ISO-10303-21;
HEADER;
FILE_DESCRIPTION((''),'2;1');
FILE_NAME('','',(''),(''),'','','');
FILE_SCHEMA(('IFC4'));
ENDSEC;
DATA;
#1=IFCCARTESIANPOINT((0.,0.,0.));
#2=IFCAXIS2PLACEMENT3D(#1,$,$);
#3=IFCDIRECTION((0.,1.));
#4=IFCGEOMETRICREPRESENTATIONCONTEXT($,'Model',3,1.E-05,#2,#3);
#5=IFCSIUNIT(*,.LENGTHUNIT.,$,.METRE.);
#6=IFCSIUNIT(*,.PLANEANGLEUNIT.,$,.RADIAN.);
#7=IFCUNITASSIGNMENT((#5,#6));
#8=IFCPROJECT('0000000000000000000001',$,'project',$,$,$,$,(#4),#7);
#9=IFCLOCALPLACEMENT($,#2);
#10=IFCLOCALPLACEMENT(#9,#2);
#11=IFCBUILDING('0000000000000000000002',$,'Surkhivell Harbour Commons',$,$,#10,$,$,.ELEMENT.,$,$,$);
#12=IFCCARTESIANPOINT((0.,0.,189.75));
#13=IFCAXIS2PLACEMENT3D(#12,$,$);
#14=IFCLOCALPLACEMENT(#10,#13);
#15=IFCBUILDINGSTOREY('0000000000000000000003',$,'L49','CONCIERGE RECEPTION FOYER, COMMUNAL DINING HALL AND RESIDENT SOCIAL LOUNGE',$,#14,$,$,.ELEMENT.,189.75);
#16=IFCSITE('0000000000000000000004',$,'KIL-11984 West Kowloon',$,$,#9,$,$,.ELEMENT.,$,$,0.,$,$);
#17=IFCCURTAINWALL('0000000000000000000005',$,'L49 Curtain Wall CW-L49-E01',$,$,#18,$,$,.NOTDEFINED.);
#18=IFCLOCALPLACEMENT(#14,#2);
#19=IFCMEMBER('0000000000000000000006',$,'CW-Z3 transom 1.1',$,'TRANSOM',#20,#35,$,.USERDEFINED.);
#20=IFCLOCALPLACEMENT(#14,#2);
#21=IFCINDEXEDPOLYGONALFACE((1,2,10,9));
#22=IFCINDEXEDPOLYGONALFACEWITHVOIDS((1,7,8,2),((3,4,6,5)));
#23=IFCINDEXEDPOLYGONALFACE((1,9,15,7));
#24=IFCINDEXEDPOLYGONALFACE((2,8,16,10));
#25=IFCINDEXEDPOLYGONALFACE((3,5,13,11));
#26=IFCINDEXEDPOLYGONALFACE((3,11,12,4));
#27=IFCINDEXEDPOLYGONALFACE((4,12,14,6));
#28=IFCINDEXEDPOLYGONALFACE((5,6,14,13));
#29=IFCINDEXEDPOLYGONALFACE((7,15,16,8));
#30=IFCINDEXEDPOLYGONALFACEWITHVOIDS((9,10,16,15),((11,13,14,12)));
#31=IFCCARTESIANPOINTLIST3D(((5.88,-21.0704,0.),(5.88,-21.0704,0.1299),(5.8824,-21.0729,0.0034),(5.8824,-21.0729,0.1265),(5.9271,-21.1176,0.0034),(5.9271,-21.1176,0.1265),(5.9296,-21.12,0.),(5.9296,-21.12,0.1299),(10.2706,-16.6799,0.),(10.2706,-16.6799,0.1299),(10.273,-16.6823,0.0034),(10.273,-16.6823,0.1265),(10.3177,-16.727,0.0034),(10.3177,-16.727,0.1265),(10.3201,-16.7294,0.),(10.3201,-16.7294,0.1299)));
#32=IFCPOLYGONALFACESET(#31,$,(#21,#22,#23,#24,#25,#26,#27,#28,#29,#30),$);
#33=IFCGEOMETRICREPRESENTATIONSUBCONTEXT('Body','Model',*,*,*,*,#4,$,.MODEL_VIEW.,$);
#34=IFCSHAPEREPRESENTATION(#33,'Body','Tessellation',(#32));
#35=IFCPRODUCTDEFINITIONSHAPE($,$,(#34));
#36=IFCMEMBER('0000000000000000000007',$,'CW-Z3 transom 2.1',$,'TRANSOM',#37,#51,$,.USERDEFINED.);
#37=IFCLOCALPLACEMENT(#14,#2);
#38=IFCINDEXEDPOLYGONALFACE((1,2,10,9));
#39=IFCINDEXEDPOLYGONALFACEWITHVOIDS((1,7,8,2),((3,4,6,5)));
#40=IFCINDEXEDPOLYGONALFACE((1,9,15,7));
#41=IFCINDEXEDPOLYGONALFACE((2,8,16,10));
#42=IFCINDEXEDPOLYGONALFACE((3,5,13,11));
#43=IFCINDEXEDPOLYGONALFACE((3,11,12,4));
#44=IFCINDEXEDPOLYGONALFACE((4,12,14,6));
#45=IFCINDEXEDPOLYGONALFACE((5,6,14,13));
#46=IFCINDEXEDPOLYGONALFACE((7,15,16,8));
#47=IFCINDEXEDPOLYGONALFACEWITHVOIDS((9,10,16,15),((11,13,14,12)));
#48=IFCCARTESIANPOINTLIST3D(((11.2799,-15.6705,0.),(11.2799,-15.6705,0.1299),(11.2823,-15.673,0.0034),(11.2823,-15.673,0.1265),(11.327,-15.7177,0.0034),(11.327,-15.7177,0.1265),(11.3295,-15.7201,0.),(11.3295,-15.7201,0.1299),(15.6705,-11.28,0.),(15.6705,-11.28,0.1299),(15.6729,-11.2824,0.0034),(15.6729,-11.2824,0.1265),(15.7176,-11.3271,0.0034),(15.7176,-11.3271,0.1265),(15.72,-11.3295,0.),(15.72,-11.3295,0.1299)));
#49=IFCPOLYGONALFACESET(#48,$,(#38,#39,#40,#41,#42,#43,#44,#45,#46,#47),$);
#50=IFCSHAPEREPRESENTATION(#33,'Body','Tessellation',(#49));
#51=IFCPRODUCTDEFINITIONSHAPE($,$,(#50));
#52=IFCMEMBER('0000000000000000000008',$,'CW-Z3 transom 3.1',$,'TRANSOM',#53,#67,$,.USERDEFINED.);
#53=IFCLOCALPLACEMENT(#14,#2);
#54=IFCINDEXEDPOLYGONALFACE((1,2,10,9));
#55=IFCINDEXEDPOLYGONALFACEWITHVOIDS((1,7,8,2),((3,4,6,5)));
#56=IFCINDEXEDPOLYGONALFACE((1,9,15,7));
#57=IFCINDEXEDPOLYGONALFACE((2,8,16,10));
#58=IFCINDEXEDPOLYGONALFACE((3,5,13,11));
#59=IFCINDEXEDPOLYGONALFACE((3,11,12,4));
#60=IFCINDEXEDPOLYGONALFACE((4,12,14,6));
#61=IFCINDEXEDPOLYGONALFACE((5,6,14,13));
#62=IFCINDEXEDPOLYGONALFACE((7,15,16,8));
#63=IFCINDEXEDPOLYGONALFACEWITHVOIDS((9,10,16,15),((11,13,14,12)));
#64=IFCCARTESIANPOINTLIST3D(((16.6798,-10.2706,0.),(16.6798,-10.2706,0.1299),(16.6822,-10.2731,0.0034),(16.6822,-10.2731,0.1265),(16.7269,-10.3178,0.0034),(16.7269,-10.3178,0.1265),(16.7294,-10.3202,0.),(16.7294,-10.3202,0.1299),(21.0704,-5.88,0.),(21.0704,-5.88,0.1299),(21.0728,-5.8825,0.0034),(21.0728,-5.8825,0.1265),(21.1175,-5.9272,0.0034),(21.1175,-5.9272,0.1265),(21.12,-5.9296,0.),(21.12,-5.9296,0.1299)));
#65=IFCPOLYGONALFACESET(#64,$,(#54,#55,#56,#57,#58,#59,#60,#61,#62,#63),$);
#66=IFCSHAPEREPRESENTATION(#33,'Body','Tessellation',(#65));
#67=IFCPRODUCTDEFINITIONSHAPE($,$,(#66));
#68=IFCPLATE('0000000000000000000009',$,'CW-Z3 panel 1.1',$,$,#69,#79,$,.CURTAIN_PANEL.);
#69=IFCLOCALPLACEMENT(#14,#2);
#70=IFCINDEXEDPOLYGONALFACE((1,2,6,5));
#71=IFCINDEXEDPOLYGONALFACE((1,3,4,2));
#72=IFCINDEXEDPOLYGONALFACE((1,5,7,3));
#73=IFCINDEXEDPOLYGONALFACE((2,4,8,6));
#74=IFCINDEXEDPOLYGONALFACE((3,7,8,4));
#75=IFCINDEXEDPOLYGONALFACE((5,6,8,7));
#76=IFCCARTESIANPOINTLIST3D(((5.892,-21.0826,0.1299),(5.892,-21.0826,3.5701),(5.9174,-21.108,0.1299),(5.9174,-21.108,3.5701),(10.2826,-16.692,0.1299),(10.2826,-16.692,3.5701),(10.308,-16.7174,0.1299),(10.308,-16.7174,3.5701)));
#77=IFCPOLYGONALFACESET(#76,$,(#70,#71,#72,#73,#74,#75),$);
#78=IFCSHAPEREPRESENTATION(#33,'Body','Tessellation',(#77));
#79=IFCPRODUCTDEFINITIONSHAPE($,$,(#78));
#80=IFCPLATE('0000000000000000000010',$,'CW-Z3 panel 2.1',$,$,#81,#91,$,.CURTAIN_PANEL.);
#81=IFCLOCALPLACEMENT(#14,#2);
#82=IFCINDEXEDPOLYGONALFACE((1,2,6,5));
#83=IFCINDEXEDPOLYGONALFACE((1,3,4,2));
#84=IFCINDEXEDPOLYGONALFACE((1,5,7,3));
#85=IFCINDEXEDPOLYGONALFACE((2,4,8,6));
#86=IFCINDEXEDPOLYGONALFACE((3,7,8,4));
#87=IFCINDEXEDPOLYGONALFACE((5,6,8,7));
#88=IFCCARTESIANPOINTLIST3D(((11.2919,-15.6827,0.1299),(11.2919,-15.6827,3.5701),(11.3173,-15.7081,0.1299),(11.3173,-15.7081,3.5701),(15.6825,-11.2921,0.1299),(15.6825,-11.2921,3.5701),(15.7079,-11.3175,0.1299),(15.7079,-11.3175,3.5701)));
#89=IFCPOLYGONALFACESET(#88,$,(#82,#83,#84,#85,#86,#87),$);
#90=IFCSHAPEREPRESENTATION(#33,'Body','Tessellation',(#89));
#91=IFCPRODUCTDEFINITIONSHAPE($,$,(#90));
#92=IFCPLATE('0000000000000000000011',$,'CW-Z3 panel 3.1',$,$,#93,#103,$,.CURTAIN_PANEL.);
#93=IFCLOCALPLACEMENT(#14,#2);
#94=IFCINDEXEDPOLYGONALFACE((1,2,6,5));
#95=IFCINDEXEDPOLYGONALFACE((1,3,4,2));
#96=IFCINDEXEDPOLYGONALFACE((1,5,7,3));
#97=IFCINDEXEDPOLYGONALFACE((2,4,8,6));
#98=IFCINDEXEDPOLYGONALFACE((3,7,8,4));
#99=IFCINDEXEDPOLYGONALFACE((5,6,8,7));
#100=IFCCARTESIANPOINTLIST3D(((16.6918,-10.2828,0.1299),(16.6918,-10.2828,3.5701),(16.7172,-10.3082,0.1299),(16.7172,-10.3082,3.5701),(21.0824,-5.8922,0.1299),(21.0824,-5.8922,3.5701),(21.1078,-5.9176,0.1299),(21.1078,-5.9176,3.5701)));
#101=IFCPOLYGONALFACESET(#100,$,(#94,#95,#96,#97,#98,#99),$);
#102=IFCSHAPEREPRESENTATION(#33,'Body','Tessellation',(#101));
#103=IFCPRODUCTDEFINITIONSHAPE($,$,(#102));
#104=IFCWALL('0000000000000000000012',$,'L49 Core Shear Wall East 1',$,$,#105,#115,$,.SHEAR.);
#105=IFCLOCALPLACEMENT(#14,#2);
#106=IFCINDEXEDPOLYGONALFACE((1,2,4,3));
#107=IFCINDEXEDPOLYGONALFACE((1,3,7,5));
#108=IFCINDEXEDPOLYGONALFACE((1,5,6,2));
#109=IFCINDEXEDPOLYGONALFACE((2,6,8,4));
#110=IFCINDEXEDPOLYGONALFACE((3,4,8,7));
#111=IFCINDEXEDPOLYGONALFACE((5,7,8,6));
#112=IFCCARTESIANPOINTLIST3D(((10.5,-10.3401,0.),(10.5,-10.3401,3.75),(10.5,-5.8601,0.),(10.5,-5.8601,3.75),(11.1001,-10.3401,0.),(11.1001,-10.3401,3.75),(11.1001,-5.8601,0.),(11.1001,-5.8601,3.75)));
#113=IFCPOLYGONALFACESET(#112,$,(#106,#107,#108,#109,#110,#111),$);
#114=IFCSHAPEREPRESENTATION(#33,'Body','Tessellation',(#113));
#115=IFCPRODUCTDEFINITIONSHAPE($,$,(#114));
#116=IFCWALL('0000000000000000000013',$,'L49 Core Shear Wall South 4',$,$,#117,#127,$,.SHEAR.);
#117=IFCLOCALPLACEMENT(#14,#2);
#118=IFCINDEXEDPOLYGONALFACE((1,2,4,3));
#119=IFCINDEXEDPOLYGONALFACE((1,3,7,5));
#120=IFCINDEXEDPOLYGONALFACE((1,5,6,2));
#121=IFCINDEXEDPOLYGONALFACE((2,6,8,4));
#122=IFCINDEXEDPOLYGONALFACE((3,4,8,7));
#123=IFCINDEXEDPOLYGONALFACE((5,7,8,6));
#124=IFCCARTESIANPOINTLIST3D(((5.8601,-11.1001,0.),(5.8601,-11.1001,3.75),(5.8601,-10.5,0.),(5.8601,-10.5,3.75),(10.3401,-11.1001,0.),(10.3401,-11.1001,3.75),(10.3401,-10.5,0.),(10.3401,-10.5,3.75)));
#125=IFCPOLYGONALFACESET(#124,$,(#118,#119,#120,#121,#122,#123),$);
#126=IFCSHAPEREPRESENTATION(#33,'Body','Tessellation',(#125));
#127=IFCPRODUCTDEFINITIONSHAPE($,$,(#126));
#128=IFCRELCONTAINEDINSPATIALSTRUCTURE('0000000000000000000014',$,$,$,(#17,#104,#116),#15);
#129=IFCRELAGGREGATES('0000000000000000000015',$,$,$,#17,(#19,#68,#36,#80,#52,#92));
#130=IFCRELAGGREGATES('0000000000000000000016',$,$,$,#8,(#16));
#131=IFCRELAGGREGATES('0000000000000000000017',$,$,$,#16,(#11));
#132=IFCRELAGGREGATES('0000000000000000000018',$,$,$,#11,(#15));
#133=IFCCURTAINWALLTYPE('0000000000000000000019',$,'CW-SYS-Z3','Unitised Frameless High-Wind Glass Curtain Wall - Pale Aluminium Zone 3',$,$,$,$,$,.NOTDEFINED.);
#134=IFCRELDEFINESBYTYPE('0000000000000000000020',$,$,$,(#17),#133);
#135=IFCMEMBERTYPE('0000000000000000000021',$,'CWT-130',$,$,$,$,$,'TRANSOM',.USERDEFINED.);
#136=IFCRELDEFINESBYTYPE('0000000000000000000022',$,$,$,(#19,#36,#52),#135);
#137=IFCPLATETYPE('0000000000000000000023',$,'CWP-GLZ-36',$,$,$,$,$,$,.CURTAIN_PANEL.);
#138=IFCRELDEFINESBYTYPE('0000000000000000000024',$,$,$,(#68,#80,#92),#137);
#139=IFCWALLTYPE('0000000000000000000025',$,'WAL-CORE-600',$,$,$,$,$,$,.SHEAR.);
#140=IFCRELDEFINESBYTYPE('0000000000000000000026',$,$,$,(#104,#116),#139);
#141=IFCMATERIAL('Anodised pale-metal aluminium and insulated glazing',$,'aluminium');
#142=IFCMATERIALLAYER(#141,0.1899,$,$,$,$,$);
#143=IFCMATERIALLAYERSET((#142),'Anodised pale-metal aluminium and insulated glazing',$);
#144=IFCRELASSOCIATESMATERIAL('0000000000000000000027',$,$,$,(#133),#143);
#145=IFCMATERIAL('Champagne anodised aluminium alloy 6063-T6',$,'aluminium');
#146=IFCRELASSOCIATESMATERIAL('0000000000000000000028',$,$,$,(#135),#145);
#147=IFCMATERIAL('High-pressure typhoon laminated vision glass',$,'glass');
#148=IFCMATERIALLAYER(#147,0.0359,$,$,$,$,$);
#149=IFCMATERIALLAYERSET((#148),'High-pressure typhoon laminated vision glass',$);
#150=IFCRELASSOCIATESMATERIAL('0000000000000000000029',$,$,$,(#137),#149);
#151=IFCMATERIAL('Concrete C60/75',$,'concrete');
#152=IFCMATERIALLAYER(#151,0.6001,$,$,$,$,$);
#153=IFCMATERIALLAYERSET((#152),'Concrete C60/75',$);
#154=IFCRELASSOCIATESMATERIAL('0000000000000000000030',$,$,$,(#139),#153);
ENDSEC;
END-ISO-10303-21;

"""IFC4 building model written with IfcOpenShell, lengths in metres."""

from ifc_helpers import new_model, si_unit, direction, frame, frame_2d, origin, origin_2d, place, context, subcontext, project, spatial, rectangle, hollow_rectangle, extrude, material, layer, layer_set, material_profile, profile_set, type_object, element, aggregate, save


model = new_model("IFC4")

# Units and contexts
model_context = context("Model", 3, precision=1e-05, world=origin(), true_north=direction((0.0, 1.0)))
body_context = subcontext(model_context, "Body", "Model", "MODEL_VIEW")
ifc_project = project(units=[si_unit("LENGTHUNIT", "METRE"), si_unit("PLANEANGLEUNIT", "RADIAN")], contexts=[model_context])

# Site, building, storey
site_placement = place(None, origin())
site = spatial("IfcSite", under=ifc_project, at=site_placement, Name="KIL-11984 West Kowloon", CompositionType="ELEMENT", RefElevation=0.0)
building_placement = place(site_placement, origin())
building = spatial("IfcBuilding", under=site, at=building_placement, Name="Surkhivell Harbour Commons", CompositionType="ELEMENT")
storey_placement = place(building_placement, frame((0.0, 0.0, 189.75)))
storey = spatial("IfcBuildingStorey", under=building, at=storey_placement, Name="L49", Description="CONCIERGE RECEPTION FOYER, COMMUNAL DINING HALL AND RESIDENT SOCIAL LOUNGE", CompositionType="ELEMENT", Elevation=189.75)

# Shared definitions
ifc_material_1 = material(Name="Concrete C60/75", Category="concrete")

# Curtain wall, members, plates
ifc_material_2 = material(Name="Anodised pale-metal aluminium and insulated glazing", Category="aluminium")
ifc_layer_1 = layer(ifc_material_2, 0.1899)
ifc_layer_set_1 = layer_set([ifc_layer_1], Name="Anodised pale-metal aluminium and insulated glazing")
curtain_wall_type = type_object("IfcCurtainWallType", Name="CW-SYS-Z3", Description="Unitised Frameless High-Wind Glass Curtain Wall - Pale Aluminium Zone 3", PredefinedType="NOTDEFINED", material=ifc_layer_set_1)
curtain_wall_placement = place(storey_placement, origin())
curtain_wall = element("IfcCurtainWall", 1, at=curtain_wall_placement, inside=storey, type_object=curtain_wall_type, Name="L49 Curtain Wall CW-L49-E01", PredefinedType="NOTDEFINED")
ifc_material_3 = material(Name="Champagne anodised aluminium alloy 6063-T6", Category="aluminium")
ifc_material_profile_1 = material_profile(ifc_material_3, hollow_rectangle(XDim=0.0701, YDim=0.1299, WallThickness=0.0034, at=origin_2d()), Name="ALU-TRAN-70x130")
ifc_profile_set_1 = profile_set([ifc_material_profile_1], Name="Champagne anodised aluminium alloy 6063-T6")
member_type_1 = type_object("IfcMemberType", Name="CWT-130", ElementType="TRANSOM", PredefinedType="USERDEFINED", material=ifc_profile_set_1)
member_1_placement = place(storey_placement, frame((5.9048, -21.0952, 0.0649), z_axis=(0.707107, 0.707107, 0.0), x_axis=(-0.707107, 0.707107, 0.0)))
member_1 = element("IfcMember", 2, at=member_1_placement, type_object=member_type_1, Name="CW-Z3 transom 1.1", ObjectType="TRANSOM", PredefinedType="USERDEFINED", context=body_context, shape_type="SweptSolid", body=[
    extrude(hollow_rectangle(XDim=0.0701, YDim=0.1299, WallThickness=0.0034, at=origin_2d()), origin(), (0.0, 0.0, 1.0), 6.2092),
])
member_2_placement = place(storey_placement, frame((11.3047, -15.6953, 0.0649), z_axis=(0.707107, 0.707107, 0.0), x_axis=(-0.707107, 0.707107, 0.0)))
member_2 = element("IfcMember", 3, at=member_2_placement, type_object=member_type_1, Name="CW-Z3 transom 2.1", ObjectType="TRANSOM", PredefinedType="USERDEFINED", context=body_context, shape_type="SweptSolid", body=[
    extrude(hollow_rectangle(XDim=0.0701, YDim=0.1299, WallThickness=0.0034, at=origin_2d()), origin(), (0.0, 0.0, 1.0), 6.2092),
])
member_3_placement = place(storey_placement, frame((16.7046, -10.2954, 0.0649), z_axis=(0.707107, 0.707107, 0.0), x_axis=(-0.707107, 0.707107, 0.0)))
member_3 = element("IfcMember", 4, at=member_3_placement, type_object=member_type_1, Name="CW-Z3 transom 3.1", ObjectType="TRANSOM", PredefinedType="USERDEFINED", context=body_context, shape_type="SweptSolid", body=[
    extrude(hollow_rectangle(XDim=0.0701, YDim=0.1299, WallThickness=0.0034, at=origin_2d()), origin(), (0.0, 0.0, 1.0), 6.2092),
])
ifc_material_4 = material(Name="High-pressure typhoon laminated vision glass", Category="glass")
ifc_layer_2 = layer(ifc_material_4, 0.0359)
ifc_layer_set_2 = layer_set([ifc_layer_2], Name="High-pressure typhoon laminated vision glass")
plate_type = type_object("IfcPlateType", Name="CWP-GLZ-36", PredefinedType="CURTAIN_PANEL", material=ifc_layer_set_2)
plate_1_placement = place(storey_placement, frame((5.9048, -21.0952, 0.1299), z_axis=(0.0, 0.0, 1.0), x_axis=(0.707107, 0.707107, 0.0)))
plate_1 = element("IfcPlate", 5, at=plate_1_placement, type_object=plate_type, Name="CW-Z3 panel 1.1", PredefinedType="CURTAIN_PANEL", context=body_context, shape_type="SweptSolid", body=[
    extrude(rectangle(XDim=6.2092, YDim=0.0359, at=frame_2d((3.1045, 0.0))), origin(), (0.0, 0.0, 1.0), 3.4402),
])
plate_2_placement = place(storey_placement, frame((11.3047, -15.6953, 0.1299), z_axis=(0.0, 0.0, 1.0), x_axis=(0.707107, 0.707107, 0.0)))
plate_2 = element("IfcPlate", 6, at=plate_2_placement, type_object=plate_type, Name="CW-Z3 panel 2.1", PredefinedType="CURTAIN_PANEL", context=body_context, shape_type="SweptSolid", body=[
    extrude(rectangle(XDim=6.2092, YDim=0.0359, at=frame_2d((3.1045, 0.0))), origin(), (0.0, 0.0, 1.0), 3.4402),
])
plate_3_placement = place(storey_placement, frame((16.7046, -10.2954, 0.1299), z_axis=(0.0, 0.0, 1.0), x_axis=(0.707107, 0.707107, 0.0)))
plate_3 = element("IfcPlate", 7, at=plate_3_placement, type_object=plate_type, Name="CW-Z3 panel 3.1", PredefinedType="CURTAIN_PANEL", context=body_context, shape_type="SweptSolid", body=[
    extrude(rectangle(XDim=6.2092, YDim=0.0359, at=frame_2d((3.1045, 0.0))), origin(), (0.0, 0.0, 1.0), 3.4402),
])
aggregate(curtain_wall, [member_1, plate_1, member_2, plate_2, member_3, plate_3])

# Walls
ifc_layer_3 = layer(ifc_material_1, 0.6001)
ifc_layer_set_3 = layer_set([ifc_layer_3], Name="Concrete C60/75")
wall_type_1 = type_object("IfcWallType", Name="WAL-CORE-600", PredefinedType="SHEAR", material=ifc_layer_set_3)
for number, where, z_axis, x_axis, name in (
    (8, (10.8, -10.3401, 0.0), (0.0, 0.0, 1.0), (0.0, 1.0, 0.0), "L49 Core Shear Wall East 1"),
    (9, (5.8601, -10.8, 0.0), (0.0, 0.0, 1.0), (1.0, 0.0, 0.0), "L49 Core Shear Wall South 4"),
):
    element("IfcWall", number, at=place(storey_placement, frame(where, z_axis=z_axis, x_axis=x_axis)), inside=storey, type_object=wall_type_1, Name=name, PredefinedType="SHEAR", context=body_context, shape_type="SweptSolid", body=[
        extrude(rectangle(XDim=4.48, YDim=0.6001, at=frame_2d((2.24, 0.0))), origin(), (0.0, 0.0, 1.0), 3.75),
    ])

save(model, "model.ifc")
